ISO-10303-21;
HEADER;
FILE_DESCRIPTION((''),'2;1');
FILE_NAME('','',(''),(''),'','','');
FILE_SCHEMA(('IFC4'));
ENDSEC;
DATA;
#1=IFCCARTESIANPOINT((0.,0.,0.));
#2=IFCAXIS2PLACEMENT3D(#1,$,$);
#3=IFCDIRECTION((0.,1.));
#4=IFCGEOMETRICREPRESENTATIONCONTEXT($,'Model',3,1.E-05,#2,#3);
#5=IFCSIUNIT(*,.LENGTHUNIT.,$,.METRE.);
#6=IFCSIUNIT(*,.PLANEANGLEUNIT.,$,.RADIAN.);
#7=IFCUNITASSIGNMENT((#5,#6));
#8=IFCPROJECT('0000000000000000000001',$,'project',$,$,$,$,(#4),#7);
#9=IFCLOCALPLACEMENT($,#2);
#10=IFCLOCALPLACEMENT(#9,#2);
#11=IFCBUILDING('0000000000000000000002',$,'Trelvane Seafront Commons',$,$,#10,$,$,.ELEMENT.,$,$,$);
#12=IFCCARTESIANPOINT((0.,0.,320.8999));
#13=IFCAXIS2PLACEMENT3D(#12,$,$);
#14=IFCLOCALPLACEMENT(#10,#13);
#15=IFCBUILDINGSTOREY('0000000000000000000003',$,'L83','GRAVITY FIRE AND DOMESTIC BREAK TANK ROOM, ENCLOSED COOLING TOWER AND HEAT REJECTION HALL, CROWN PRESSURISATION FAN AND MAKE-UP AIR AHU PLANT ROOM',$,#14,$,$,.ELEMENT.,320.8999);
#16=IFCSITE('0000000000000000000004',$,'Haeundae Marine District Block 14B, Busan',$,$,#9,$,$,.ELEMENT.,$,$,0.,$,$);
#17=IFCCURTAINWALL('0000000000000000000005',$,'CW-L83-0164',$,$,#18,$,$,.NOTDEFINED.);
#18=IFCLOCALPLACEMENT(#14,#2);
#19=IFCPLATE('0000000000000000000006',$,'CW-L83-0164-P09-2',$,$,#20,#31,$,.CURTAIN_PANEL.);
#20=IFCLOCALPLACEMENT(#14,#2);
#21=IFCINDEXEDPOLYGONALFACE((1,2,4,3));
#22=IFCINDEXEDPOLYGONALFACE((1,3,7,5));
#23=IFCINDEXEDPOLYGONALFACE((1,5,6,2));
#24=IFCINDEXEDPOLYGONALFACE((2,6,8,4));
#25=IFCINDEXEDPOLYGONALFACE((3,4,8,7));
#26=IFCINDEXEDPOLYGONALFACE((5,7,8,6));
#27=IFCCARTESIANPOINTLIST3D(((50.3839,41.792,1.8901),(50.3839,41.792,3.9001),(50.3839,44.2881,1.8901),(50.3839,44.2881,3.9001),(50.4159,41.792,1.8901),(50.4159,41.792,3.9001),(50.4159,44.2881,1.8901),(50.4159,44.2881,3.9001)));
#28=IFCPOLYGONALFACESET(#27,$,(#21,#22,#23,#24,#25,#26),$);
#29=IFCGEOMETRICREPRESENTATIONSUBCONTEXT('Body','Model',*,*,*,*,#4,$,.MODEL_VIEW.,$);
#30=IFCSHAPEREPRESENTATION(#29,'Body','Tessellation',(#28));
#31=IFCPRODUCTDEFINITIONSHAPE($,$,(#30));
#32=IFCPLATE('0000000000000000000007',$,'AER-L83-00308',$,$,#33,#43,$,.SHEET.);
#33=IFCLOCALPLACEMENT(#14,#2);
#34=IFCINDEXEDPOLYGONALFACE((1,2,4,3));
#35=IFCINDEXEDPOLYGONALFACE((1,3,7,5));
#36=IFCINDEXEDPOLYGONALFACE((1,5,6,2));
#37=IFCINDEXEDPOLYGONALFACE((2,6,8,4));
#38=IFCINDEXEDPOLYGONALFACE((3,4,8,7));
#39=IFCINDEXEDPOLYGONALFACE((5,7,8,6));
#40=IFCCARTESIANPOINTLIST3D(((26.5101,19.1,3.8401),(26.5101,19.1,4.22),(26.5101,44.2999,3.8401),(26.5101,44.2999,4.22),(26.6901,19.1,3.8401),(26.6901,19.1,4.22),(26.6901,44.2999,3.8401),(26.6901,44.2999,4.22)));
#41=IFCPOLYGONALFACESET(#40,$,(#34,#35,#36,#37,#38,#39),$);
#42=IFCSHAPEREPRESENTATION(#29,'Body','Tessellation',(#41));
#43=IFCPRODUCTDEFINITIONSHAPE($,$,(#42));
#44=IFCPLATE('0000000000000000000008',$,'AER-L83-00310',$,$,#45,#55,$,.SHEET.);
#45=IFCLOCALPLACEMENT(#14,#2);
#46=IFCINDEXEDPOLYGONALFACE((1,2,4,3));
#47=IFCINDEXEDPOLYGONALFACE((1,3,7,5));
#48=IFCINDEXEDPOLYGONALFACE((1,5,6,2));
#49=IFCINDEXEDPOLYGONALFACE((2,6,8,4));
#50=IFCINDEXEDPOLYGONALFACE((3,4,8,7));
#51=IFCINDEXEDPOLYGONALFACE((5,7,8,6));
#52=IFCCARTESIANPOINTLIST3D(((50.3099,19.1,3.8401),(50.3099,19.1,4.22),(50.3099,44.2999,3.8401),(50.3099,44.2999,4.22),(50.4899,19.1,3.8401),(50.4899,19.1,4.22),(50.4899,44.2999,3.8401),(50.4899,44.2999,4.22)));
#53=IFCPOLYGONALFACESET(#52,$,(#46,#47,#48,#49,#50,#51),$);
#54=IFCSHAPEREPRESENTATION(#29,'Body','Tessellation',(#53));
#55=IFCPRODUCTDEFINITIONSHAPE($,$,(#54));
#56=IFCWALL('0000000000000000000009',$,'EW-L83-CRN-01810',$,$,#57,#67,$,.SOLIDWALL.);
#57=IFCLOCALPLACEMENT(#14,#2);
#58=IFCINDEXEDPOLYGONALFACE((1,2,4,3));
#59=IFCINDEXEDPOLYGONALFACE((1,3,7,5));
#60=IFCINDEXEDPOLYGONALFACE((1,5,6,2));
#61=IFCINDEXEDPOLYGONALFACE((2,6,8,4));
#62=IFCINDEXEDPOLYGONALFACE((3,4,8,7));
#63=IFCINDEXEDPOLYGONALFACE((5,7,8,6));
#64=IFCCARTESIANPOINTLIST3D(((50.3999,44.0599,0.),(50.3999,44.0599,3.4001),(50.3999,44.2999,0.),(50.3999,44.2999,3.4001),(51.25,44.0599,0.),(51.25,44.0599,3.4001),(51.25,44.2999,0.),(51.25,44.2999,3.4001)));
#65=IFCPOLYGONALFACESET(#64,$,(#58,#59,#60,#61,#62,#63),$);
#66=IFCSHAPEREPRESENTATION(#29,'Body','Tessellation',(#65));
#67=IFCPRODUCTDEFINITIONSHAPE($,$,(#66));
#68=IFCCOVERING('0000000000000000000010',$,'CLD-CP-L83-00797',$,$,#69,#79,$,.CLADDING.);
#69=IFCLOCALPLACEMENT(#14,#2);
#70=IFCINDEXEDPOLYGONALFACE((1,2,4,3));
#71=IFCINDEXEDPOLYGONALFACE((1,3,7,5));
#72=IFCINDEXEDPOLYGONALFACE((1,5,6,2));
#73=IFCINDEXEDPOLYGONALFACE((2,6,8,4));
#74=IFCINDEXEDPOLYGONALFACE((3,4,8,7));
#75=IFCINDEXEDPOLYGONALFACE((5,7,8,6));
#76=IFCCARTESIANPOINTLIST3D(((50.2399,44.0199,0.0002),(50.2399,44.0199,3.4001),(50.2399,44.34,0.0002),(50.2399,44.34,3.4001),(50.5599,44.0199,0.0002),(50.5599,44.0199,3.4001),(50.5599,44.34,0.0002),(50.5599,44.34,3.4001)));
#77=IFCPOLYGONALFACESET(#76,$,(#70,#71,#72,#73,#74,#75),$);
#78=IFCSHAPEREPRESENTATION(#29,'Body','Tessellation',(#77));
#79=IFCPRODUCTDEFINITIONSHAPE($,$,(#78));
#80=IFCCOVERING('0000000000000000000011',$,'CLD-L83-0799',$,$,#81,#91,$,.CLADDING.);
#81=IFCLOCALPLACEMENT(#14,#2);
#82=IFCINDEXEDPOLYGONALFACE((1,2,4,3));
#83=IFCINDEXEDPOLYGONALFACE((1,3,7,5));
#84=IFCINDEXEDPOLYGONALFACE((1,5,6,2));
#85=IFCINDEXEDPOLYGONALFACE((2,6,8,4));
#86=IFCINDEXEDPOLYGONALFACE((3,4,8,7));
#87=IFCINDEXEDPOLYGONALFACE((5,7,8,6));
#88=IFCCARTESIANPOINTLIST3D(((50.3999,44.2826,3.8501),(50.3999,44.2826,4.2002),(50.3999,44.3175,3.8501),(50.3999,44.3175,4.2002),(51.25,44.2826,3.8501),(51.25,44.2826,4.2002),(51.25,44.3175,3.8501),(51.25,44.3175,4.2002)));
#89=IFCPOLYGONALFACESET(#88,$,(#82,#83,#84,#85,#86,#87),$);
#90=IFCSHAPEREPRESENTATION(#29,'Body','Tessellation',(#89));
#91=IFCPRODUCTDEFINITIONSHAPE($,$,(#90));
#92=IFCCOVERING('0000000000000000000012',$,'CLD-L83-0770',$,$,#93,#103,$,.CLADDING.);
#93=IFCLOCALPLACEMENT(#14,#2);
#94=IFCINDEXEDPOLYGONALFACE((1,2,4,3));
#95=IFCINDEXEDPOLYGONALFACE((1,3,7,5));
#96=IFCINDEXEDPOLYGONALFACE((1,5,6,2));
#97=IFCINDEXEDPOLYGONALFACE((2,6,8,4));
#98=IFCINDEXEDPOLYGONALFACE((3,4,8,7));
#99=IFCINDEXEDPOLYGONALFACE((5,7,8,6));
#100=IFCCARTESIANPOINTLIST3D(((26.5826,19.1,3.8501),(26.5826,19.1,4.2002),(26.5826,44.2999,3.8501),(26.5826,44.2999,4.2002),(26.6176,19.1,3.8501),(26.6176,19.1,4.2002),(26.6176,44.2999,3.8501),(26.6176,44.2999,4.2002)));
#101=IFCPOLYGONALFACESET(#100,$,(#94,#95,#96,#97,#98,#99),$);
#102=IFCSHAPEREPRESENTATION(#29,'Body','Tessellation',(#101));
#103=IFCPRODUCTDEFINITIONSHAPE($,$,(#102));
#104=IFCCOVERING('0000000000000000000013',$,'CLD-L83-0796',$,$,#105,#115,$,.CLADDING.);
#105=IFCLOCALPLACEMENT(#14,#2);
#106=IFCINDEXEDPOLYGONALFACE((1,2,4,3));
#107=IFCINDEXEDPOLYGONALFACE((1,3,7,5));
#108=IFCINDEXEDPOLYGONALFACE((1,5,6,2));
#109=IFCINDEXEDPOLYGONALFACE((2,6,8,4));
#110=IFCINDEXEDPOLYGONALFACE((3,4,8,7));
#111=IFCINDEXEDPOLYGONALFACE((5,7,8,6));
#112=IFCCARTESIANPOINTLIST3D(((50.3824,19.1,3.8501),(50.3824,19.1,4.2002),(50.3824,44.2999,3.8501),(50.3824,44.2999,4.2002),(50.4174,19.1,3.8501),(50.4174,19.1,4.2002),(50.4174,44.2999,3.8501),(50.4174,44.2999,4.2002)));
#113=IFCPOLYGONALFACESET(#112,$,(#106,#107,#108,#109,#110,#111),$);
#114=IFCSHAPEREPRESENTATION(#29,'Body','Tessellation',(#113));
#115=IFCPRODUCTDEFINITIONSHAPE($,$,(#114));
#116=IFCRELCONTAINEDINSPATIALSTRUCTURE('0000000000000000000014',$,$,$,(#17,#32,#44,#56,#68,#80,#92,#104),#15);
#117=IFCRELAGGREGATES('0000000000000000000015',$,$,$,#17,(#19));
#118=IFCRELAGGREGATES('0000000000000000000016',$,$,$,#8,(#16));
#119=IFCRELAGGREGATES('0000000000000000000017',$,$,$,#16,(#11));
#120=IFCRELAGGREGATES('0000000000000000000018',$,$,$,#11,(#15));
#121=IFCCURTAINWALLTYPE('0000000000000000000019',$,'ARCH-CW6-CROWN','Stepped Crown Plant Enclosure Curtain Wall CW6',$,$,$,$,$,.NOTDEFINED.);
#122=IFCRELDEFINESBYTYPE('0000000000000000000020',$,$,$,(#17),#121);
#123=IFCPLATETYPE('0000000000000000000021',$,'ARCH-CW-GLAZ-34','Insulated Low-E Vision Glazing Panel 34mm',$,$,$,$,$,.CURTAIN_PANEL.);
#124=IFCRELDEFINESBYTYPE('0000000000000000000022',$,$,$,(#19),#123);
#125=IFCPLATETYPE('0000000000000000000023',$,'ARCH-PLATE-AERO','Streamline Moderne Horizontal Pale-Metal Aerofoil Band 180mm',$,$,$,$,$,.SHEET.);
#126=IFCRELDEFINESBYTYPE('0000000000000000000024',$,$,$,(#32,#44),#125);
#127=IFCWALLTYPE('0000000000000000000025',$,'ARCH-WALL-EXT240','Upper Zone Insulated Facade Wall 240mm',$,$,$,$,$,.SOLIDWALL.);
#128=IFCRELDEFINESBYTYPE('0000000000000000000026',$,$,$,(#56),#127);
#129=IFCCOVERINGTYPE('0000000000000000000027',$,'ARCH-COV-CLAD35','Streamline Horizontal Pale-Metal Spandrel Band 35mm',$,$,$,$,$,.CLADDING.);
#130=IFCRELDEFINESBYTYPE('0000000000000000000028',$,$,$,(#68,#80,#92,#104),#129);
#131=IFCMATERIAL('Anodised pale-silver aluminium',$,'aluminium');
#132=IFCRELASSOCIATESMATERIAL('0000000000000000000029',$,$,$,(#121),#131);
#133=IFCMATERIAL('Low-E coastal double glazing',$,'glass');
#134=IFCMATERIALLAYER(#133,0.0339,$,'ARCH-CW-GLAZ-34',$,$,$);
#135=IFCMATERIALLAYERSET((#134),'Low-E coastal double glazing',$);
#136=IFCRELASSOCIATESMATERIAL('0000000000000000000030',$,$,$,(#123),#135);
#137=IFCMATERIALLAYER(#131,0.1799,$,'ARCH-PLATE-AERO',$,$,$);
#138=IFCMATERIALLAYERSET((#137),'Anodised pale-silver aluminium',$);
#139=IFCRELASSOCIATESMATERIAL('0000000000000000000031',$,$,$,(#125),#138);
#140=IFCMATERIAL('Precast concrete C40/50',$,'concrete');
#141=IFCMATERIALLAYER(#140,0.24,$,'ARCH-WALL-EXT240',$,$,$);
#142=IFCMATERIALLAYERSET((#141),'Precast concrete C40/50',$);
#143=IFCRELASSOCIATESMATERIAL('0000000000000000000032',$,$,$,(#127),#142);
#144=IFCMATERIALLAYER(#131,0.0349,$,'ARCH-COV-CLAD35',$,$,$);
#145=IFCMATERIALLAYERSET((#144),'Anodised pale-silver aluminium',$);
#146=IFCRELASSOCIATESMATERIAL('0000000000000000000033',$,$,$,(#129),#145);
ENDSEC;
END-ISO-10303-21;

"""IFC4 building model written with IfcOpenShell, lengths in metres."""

from ifc_helpers import new_model, si_unit, direction, frame, frame_2d, origin, origin_2d, place, context, subcontext, project, spatial, rectangle, extrude, source, transform, mapped, material, layer, layer_set, type_object, element, aggregate, save


model = new_model("IFC4")

# Units and contexts
model_context = context("Model", 3, precision=1e-05, world=origin(), true_north=direction((0.0, 1.0)))
body_context = subcontext(model_context, "Body", "Model", "MODEL_VIEW")
ifc_project = project(units=[si_unit("LENGTHUNIT", "METRE"), si_unit("PLANEANGLEUNIT", "RADIAN")], contexts=[model_context])

# Site, building, storey
site_placement = place(None, origin())
site = spatial("IfcSite", under=ifc_project, at=site_placement, Name="Haeundae Marine District Block 14B, Busan", CompositionType="ELEMENT", RefElevation=0.0)
building_placement = place(site_placement, origin())
building = spatial("IfcBuilding", under=site, at=building_placement, Name="Trelvane Seafront Commons", CompositionType="ELEMENT")
storey_placement = place(building_placement, frame((0.0, 0.0, 320.8999)))
storey = spatial("IfcBuildingStorey", under=building, at=storey_placement, Name="L83", Description="GRAVITY FIRE AND DOMESTIC BREAK TANK ROOM, ENCLOSED COOLING TOWER AND HEAT REJECTION HALL, CROWN PRESSURISATION FAN AND MAKE-UP AIR AHU PLANT ROOM", CompositionType="ELEMENT", Elevation=320.8999)

# Curtain wall
ifc_material_1 = material(Name="Anodised pale-silver aluminium", Category="aluminium")
curtain_wall_type = type_object("IfcCurtainWallType", Name="ARCH-CW6-CROWN", Description="Stepped Crown Plant Enclosure Curtain Wall CW6", PredefinedType="NOTDEFINED", material=ifc_material_1)
curtain_wall_placement = place(storey_placement, origin())
curtain_wall = element("IfcCurtainWall", 1, at=curtain_wall_placement, inside=storey, type_object=curtain_wall_type, Name="CW-L83-0164", PredefinedType="NOTDEFINED")

# Plate
ifc_material_2 = material(Name="Low-E coastal double glazing", Category="glass")
ifc_layer_1 = layer(ifc_material_2, 0.0339, Name="ARCH-CW-GLAZ-34")
ifc_layer_set_1 = layer_set([ifc_layer_1], Name="Low-E coastal double glazing")
plate_type_1 = type_object("IfcPlateType", Name="ARCH-CW-GLAZ-34", Description="Insulated Low-E Vision Glazing Panel 34mm", PredefinedType="CURTAIN_PANEL", material=ifc_layer_set_1)
shared_shape_1 = source(origin(), body_context, "Body", "SweptSolid", [
    extrude(rectangle(XDim=2.4961, YDim=0.032, at=origin_2d()), origin(), (0.0, 0.0, 1.0), 2.01),
])
plate_1_placement = place(storey_placement, frame((50.3999, 43.04, 1.8901), z_axis=(0.0, 0.0, 1.0), x_axis=(0.0, 1.0, 0.0)))
plate_1 = element("IfcPlate", 2, at=plate_1_placement, type_object=plate_type_1, Name="CW-L83-0164-P09-2", PredefinedType="CURTAIN_PANEL", context=body_context, shape_type="MappedRepresentation", body=[
    mapped(shared_shape_1, transform((0.0, 0.0, 0.0), x_axis=(1.0, 0.0, 0.0), y_axis=(0.0, 1.0, 0.0), z_axis=(0.0, 0.0, 1.0), scale=1.0)),
])
aggregate(curtain_wall, [plate_1])

# Plates
ifc_layer_2 = layer(ifc_material_1, 0.1799, Name="ARCH-PLATE-AERO")
ifc_layer_set_2 = layer_set([ifc_layer_2], Name="Anodised pale-silver aluminium")
plate_type_2 = type_object("IfcPlateType", Name="ARCH-PLATE-AERO", Description="Streamline Moderne Horizontal Pale-Metal Aerofoil Band 180mm", PredefinedType="SHEET", material=ifc_layer_set_2)
shared_shape_2 = source(origin(), body_context, "Body", "SweptSolid", [
    extrude(rectangle(XDim=25.2, YDim=0.1799, at=origin_2d()), origin(), (0.0, 0.0, 1.0), 0.3799),
])
for number, where, z_axis, x_axis, name in (
    (3, (26.6001, 31.7, 3.8401), (0.0, 0.0, 1.0), (0.0, -1.0, 0.0), "AER-L83-00308"),
    (4, (50.3999, 31.7, 3.8401), (0.0, 0.0, 1.0), (0.0, 1.0, 0.0), "AER-L83-00310"),
):
    element("IfcPlate", number, at=place(storey_placement, frame(where, z_axis=z_axis, x_axis=x_axis)), inside=storey, type_object=plate_type_2, Name=name, PredefinedType="SHEET", context=body_context, shape_type="MappedRepresentation", body=[
        mapped(shared_shape_2, transform((0.0, 0.0, 0.0), x_axis=(1.0, 0.0, 0.0), y_axis=(0.0, 1.0, 0.0), z_axis=(0.0, 0.0, 1.0), scale=1.0)),
    ])

# Wall
ifc_material_3 = material(Name="Precast concrete C40/50", Category="concrete")
ifc_layer_3 = layer(ifc_material_3, 0.24, Name="ARCH-WALL-EXT240")
ifc_layer_set_3 = layer_set([ifc_layer_3], Name="Precast concrete C40/50")
wall_type = type_object("IfcWallType", Name="ARCH-WALL-EXT240", Description="Upper Zone Insulated Facade Wall 240mm", PredefinedType="SOLIDWALL", material=ifc_layer_set_3)
wall_placement = place(storey_placement, frame((50.3999, 44.1799, 0.0), z_axis=(0.0, 0.0, 1.0), x_axis=(1.0, 0.0, 0.0)))
element("IfcWall", 5, at=wall_placement, inside=storey, type_object=wall_type, Name="EW-L83-CRN-01810", PredefinedType="SOLIDWALL", context=body_context, shape_type="SweptSolid", body=[
    extrude(rectangle(XDim=0.8501, YDim=0.24, at=frame_2d((0.425, 0.0))), origin(), (0.0, 0.0, 1.0), 3.4001),
])

# Coverings
ifc_layer_4 = layer(ifc_material_1, 0.0349, Name="ARCH-COV-CLAD35")
ifc_layer_set_4 = layer_set([ifc_layer_4], Name="Anodised pale-silver aluminium")
covering_type = type_object("IfcCoveringType", Name="ARCH-COV-CLAD35", Description="Streamline Horizontal Pale-Metal Spandrel Band 35mm", PredefinedType="CLADDING", material=ifc_layer_set_4)
shared_shape_3 = source(origin(), body_context, "Body", "SweptSolid", [
    extrude(rectangle(XDim=0.3201, YDim=0.3201, at=origin_2d()), origin(), (0.0, 0.0, 1.0), 3.3999),
])
covering_1_placement = place(storey_placement, frame((50.3999, 44.1799, 0.0002), z_axis=(0.0, 0.0, 1.0), x_axis=(1.0, 0.0, 0.0)))
element("IfcCovering", 6, at=covering_1_placement, inside=storey, type_object=covering_type, Name="CLD-CP-L83-00797", PredefinedType="CLADDING", context=body_context, shape_type="MappedRepresentation", body=[
    mapped(shared_shape_3, transform((0.0, 0.0, 0.0), x_axis=(1.0, 0.0, 0.0), y_axis=(0.0, 1.0, 0.0), z_axis=(0.0, 0.0, 1.0), scale=1.0)),
])
shared_shape_4 = source(origin(), body_context, "Body", "SweptSolid", [
    extrude(rectangle(XDim=0.8501, YDim=0.0349, at=origin_2d()), origin(), (0.0, 0.0, 1.0), 0.3501),
])
covering_2_placement = place(storey_placement, frame((50.825, 44.3, 3.8501), z_axis=(0.0, 0.0, 1.0), x_axis=(1.0, 0.0, 0.0)))
element("IfcCovering", 7, at=covering_2_placement, inside=storey, type_object=covering_type, Name="CLD-L83-0799", PredefinedType="CLADDING", context=body_context, shape_type="MappedRepresentation", body=[
    mapped(shared_shape_4, transform((0.0, 0.0, 0.0), x_axis=(1.0, 0.0, 0.0), y_axis=(0.0, 1.0, 0.0), z_axis=(0.0, 0.0, 1.0), scale=1.0)),
])
shared_shape_5 = source(origin(), body_context, "Body", "SweptSolid", [
    extrude(rectangle(XDim=25.2, YDim=0.0349, at=origin_2d()), origin(), (0.0, 0.0, 1.0), 0.3501),
])
for number, where, z_axis, x_axis, name in (
    (8, (26.6001, 31.7, 3.8501), (0.0, 0.0, 1.0), (0.0, -1.0, 0.0), "CLD-L83-0770"),
    (9, (50.3999, 31.7, 3.8501), (0.0, 0.0, 1.0), (0.0, 1.0, 0.0), "CLD-L83-0796"),
):
    element("IfcCovering", number, at=place(storey_placement, frame(where, z_axis=z_axis, x_axis=x_axis)), inside=storey, type_object=covering_type, Name=name, PredefinedType="CLADDING", context=body_context, shape_type="MappedRepresentation", body=[
        mapped(shared_shape_5, transform((0.0, 0.0, 0.0), x_axis=(1.0, 0.0, 0.0), y_axis=(0.0, 1.0, 0.0), z_axis=(0.0, 0.0, 1.0), scale=1.0)),
    ])

save(model, "model.ifc")
